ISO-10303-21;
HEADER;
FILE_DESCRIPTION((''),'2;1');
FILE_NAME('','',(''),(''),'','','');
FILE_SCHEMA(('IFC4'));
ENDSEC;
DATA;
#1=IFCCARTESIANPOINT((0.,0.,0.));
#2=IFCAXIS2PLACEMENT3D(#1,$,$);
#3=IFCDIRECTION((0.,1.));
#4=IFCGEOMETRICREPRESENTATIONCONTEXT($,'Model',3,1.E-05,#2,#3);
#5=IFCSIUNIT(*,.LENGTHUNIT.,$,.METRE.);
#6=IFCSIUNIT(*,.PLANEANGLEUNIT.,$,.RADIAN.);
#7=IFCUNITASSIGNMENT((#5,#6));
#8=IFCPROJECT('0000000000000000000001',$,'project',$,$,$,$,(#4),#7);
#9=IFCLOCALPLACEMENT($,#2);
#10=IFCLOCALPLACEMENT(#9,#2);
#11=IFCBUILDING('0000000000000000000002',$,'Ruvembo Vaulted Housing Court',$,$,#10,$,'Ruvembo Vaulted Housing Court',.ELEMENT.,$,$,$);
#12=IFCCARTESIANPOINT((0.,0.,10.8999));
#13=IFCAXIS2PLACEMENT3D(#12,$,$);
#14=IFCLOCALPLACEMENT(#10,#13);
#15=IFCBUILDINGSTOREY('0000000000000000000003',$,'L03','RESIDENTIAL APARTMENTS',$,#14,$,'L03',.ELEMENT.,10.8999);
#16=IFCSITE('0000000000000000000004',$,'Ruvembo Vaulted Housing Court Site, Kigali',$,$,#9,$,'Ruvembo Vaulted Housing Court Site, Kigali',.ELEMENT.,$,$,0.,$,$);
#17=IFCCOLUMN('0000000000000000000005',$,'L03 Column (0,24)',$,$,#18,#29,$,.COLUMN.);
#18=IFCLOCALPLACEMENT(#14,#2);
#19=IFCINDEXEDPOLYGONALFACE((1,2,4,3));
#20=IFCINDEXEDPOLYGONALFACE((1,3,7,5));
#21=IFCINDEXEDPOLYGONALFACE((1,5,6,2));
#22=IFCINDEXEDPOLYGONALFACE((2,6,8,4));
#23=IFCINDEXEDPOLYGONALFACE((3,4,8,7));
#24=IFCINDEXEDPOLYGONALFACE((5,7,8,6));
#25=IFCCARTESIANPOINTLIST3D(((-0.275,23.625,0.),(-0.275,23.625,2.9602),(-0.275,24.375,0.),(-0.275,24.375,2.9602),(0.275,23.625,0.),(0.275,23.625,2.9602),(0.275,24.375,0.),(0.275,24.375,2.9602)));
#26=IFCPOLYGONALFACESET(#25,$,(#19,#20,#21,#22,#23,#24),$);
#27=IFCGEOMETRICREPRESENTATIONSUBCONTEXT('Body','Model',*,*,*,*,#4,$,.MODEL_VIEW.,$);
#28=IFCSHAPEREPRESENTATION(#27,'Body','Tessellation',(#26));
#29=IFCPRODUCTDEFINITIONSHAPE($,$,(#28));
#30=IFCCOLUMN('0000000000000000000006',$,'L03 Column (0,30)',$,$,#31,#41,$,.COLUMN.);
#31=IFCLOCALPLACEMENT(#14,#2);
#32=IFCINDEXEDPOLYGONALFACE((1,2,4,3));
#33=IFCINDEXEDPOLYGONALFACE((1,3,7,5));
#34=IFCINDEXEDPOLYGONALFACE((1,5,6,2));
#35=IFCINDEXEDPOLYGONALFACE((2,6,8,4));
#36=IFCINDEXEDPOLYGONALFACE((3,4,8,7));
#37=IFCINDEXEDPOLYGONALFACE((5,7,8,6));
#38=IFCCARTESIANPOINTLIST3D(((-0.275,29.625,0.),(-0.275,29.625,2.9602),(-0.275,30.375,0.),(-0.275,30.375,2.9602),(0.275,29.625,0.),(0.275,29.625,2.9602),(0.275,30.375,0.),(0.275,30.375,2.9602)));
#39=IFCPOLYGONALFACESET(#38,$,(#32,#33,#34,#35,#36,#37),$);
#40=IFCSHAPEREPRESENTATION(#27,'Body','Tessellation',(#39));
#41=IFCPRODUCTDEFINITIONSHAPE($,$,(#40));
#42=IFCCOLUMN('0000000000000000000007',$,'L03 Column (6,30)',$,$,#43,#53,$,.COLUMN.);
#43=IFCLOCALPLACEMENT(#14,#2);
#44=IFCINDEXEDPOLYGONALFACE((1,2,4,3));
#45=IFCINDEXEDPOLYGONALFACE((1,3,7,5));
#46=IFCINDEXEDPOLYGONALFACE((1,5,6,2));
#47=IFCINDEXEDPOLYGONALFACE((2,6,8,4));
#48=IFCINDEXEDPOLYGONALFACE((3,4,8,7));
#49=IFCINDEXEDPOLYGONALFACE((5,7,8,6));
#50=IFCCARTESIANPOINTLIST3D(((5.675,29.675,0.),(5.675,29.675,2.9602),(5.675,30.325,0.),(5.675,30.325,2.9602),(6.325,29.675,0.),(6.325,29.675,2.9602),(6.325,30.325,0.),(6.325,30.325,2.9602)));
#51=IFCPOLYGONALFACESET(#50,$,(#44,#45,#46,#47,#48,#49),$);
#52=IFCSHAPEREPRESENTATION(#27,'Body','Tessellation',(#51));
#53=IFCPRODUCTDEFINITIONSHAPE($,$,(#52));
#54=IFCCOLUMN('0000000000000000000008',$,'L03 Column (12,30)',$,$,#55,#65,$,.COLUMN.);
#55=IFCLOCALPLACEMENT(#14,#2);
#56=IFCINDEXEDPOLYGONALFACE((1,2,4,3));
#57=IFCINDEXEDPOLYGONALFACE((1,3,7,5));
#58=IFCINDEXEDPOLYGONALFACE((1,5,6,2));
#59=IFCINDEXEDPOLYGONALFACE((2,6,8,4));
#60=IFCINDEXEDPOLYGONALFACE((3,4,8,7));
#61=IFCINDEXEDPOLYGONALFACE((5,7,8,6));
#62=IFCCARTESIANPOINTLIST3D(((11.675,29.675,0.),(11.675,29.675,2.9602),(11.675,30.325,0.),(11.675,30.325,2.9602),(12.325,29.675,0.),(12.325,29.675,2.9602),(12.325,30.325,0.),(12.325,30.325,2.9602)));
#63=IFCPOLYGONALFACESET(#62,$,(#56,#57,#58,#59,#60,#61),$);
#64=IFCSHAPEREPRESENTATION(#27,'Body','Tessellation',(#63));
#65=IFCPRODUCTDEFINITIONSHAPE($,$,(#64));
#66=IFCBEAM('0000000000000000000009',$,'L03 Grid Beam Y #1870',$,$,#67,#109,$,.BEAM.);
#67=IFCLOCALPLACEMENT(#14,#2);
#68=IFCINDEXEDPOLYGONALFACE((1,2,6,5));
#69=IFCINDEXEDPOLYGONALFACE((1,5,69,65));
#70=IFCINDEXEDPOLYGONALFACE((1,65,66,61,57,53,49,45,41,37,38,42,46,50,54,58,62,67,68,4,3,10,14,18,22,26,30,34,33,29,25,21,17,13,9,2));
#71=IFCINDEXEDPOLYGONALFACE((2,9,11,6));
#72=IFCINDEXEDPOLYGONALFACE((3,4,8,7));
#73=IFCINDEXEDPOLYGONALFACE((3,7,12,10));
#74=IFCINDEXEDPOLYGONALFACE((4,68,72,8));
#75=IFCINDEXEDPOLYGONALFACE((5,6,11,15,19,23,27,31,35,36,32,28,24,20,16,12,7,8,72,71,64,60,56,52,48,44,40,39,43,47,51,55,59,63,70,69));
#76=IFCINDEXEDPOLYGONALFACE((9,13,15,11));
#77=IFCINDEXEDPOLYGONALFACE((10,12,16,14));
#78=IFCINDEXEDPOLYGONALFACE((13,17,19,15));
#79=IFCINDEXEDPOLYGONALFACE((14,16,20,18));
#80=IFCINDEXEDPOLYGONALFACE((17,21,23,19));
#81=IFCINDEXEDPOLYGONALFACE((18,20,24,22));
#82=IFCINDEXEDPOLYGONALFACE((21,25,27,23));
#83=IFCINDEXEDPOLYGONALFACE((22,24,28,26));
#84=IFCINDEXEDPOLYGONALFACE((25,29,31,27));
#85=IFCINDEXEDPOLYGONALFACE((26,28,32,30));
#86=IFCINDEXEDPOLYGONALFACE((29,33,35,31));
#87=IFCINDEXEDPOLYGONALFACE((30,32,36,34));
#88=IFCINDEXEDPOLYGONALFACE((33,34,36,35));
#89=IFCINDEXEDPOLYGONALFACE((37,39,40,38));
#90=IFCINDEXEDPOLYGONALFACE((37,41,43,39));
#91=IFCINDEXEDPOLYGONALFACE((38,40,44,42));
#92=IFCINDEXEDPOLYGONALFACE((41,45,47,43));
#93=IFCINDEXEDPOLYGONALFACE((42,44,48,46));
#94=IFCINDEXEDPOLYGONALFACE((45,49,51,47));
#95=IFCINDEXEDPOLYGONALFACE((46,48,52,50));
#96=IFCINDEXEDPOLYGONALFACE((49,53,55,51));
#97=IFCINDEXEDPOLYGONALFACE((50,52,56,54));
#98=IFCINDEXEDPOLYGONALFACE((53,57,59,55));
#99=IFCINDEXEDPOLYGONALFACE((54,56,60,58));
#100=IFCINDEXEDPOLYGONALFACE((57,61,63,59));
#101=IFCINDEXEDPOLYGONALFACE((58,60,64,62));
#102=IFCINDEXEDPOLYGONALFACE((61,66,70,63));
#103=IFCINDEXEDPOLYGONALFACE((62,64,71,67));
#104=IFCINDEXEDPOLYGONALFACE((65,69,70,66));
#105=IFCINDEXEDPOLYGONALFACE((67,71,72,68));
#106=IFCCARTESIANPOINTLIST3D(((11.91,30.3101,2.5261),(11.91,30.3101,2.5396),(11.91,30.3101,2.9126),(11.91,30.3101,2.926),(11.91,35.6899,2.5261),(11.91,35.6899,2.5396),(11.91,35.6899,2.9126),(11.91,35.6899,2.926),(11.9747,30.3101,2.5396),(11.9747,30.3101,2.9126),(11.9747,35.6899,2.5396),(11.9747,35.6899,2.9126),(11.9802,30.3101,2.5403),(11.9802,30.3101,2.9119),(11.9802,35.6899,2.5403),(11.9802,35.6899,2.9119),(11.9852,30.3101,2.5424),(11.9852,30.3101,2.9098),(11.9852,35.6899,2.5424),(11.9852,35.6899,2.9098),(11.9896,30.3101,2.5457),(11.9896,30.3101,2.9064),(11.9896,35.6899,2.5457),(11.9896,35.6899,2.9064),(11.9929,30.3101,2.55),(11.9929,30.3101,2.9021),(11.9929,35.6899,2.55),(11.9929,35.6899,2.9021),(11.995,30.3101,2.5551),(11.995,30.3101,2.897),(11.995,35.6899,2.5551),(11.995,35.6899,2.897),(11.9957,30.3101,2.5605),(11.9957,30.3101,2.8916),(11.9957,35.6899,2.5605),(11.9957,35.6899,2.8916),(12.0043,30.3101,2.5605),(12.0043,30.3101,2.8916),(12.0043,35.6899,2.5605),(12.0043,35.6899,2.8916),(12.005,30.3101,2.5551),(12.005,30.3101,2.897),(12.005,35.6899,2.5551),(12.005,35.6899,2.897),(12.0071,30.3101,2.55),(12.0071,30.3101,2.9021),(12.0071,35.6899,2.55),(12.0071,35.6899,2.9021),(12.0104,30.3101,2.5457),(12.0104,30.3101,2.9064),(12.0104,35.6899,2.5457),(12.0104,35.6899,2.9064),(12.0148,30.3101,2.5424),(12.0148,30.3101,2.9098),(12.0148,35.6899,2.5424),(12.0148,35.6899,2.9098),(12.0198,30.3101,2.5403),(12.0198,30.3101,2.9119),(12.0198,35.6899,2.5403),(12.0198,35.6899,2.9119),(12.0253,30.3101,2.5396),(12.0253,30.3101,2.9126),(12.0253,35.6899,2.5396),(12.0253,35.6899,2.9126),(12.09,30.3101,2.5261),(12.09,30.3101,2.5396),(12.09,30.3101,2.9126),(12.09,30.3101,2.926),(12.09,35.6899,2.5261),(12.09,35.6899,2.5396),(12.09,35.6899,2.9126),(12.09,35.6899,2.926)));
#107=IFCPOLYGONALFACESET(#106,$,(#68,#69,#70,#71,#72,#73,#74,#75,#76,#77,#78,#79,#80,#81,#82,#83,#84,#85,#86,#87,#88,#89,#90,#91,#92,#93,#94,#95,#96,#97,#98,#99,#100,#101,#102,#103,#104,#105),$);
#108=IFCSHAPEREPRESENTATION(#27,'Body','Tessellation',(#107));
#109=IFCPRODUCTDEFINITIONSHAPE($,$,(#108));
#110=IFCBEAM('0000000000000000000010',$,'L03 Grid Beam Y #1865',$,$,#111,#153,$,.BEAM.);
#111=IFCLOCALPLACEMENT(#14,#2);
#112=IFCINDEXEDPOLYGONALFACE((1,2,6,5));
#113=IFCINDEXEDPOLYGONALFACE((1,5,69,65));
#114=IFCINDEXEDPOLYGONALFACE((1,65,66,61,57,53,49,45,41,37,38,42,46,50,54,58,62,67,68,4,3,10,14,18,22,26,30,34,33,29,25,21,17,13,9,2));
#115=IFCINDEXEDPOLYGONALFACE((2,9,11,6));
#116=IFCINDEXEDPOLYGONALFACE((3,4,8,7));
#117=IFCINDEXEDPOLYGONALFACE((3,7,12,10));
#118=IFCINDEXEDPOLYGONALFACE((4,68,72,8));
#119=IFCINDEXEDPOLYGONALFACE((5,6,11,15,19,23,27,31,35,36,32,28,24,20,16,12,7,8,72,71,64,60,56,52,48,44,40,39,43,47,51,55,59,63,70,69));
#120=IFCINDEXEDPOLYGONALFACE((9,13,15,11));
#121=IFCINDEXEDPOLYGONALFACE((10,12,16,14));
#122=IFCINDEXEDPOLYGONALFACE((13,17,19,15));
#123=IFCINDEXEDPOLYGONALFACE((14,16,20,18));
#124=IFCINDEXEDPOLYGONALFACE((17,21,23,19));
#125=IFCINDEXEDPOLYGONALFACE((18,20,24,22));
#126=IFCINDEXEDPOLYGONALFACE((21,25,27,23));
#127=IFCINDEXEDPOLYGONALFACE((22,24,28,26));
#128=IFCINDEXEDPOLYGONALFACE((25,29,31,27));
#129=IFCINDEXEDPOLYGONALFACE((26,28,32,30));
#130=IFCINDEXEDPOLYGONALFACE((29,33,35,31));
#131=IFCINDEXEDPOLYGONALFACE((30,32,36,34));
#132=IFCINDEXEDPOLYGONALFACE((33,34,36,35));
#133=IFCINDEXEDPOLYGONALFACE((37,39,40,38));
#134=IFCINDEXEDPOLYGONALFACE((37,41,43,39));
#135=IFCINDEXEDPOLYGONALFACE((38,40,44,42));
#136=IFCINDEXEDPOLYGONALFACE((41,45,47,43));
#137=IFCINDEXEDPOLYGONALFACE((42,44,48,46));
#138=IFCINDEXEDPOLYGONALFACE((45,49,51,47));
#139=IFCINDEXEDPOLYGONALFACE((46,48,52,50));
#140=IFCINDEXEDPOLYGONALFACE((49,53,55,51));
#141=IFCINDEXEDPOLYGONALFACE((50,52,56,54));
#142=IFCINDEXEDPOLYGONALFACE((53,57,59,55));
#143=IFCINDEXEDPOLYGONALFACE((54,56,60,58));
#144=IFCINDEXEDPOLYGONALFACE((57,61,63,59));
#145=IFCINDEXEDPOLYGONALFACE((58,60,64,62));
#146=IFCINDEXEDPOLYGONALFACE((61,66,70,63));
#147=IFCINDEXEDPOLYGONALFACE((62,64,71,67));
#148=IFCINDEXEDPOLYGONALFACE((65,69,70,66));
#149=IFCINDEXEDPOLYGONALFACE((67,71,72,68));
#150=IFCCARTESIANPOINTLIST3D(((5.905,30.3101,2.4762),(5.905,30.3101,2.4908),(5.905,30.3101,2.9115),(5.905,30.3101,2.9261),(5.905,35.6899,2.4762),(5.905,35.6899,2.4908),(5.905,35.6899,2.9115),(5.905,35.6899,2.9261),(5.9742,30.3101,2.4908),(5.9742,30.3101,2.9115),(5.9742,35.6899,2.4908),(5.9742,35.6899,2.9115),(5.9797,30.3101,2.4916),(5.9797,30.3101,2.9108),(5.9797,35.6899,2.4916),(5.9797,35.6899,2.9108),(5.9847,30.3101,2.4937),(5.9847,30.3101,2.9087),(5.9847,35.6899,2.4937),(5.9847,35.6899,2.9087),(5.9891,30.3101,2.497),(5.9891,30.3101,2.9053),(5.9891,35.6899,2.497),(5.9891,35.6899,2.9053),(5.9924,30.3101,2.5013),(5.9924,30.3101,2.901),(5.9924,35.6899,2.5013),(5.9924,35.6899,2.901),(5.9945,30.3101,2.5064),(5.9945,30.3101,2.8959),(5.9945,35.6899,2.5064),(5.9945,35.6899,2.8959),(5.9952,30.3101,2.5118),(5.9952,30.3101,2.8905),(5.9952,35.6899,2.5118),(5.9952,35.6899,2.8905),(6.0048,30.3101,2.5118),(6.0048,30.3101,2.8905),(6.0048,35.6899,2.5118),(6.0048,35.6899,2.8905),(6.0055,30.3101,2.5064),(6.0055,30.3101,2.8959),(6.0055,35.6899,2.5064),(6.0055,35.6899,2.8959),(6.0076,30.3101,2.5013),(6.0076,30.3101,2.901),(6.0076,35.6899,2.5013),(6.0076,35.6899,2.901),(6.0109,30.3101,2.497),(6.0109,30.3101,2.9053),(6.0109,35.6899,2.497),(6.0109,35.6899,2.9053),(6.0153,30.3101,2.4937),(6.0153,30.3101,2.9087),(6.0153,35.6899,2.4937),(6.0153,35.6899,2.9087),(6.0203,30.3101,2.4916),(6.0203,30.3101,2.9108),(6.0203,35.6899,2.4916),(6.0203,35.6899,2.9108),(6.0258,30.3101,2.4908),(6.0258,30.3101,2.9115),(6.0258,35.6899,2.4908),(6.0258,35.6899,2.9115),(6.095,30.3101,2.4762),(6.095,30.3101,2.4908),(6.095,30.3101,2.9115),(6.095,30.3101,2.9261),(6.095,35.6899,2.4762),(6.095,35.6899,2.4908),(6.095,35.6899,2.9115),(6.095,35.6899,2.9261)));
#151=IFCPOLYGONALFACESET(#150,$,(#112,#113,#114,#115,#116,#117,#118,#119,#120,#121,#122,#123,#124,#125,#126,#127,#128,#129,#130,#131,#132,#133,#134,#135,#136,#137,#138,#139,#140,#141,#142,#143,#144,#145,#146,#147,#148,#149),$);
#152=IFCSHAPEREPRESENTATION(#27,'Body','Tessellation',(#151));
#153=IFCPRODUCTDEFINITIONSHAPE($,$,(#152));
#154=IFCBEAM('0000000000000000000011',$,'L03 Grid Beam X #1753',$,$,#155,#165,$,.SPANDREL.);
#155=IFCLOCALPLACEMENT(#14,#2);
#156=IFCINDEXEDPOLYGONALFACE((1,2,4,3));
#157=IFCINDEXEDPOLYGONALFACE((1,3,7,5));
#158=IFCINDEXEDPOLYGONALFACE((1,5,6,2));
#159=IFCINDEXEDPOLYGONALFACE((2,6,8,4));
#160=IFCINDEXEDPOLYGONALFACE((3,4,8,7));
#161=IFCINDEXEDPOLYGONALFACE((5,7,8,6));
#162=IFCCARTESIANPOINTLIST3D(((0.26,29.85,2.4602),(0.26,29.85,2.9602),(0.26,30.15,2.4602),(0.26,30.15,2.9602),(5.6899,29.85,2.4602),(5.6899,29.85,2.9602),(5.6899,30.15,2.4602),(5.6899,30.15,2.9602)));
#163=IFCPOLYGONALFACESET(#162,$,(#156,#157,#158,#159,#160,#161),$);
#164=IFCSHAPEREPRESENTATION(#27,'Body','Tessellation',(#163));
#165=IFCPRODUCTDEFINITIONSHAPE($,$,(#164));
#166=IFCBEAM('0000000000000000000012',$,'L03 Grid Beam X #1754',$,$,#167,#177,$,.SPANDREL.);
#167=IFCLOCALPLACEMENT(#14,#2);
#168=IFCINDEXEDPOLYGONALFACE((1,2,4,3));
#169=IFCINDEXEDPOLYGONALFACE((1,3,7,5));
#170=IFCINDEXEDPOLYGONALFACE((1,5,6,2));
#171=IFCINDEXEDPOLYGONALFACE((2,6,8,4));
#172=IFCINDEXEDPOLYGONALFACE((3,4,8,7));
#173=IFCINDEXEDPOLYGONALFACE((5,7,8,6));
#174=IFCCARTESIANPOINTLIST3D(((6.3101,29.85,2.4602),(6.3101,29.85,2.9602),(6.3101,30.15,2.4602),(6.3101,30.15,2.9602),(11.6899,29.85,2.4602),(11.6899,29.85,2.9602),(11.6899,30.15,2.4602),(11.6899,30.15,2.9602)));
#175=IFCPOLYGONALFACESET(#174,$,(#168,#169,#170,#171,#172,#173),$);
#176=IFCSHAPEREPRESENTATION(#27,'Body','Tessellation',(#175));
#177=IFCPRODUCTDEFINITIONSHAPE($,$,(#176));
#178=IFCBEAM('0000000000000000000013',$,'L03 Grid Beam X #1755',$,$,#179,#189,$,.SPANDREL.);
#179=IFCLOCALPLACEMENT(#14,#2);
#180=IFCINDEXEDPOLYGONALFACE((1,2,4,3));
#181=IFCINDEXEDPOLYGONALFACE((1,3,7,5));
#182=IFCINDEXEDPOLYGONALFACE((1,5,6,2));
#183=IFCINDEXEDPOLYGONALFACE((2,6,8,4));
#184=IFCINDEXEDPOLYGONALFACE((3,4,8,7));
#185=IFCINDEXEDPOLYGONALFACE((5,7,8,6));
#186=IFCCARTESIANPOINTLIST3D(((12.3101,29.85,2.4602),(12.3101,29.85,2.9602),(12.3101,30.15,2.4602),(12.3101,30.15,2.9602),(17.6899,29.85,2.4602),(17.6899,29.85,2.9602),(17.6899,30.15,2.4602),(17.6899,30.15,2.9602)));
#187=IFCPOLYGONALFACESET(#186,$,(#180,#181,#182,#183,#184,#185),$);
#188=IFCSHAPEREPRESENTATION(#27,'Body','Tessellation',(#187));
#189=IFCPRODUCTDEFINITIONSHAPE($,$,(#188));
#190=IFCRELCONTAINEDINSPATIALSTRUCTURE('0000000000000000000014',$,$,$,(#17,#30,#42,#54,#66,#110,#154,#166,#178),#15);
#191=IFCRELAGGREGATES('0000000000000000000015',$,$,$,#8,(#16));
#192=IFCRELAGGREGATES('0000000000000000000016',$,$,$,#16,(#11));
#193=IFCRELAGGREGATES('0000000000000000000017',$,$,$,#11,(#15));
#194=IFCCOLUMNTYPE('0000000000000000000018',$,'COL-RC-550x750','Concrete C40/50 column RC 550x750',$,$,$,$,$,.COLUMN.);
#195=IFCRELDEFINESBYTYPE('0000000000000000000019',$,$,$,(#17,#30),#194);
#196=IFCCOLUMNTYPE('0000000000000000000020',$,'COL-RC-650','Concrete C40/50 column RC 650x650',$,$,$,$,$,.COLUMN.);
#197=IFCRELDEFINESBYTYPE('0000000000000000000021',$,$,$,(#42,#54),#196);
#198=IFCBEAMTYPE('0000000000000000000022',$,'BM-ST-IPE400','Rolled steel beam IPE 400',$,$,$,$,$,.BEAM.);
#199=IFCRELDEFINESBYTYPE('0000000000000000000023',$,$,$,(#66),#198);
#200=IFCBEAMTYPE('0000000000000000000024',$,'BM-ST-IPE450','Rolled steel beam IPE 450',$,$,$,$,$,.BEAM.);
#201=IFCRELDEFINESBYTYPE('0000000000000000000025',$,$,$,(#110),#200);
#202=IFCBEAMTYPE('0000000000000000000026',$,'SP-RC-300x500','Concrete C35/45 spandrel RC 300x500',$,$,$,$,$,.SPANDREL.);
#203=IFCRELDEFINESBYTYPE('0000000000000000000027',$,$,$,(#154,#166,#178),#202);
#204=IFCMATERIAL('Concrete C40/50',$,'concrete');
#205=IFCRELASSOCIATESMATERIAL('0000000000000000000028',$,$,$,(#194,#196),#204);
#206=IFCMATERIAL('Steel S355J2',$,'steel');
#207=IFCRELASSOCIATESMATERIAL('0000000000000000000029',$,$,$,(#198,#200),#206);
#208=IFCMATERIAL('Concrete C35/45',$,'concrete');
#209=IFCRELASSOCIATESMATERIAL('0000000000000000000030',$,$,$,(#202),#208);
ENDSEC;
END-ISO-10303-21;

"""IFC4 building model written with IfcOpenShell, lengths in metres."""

from ifc_helpers import new_model, si_unit, direction, frame, origin, origin_2d, place, context, subcontext, project, spatial, rectangle, i_section, extrude, material, material_profile, profile_set, type_object, element, save


model = new_model("IFC4")

# Units and contexts
model_context = context("Model", 3, precision=1e-05, world=origin(), true_north=direction((0.0, 1.0)))
body_context = subcontext(model_context, "Body", "Model", "MODEL_VIEW")
ifc_project = project(units=[si_unit("LENGTHUNIT", "METRE"), si_unit("PLANEANGLEUNIT", "RADIAN")], contexts=[model_context])

# Site, building, storey
site_placement = place(None, origin())
site = spatial("IfcSite", under=ifc_project, at=site_placement, Name="Ruvembo Vaulted Housing Court Site, Kigali", LongName="Ruvembo Vaulted Housing Court Site, Kigali", CompositionType="ELEMENT", RefElevation=0.0)
building_placement = place(site_placement, origin())
building = spatial("IfcBuilding", under=site, at=building_placement, Name="Ruvembo Vaulted Housing Court", LongName="Ruvembo Vaulted Housing Court", CompositionType="ELEMENT")
storey_placement = place(building_placement, frame((0.0, 0.0, 10.8999)))
storey = spatial("IfcBuildingStorey", under=building, at=storey_placement, Name="L03", Description="RESIDENTIAL APARTMENTS", LongName="L03", CompositionType="ELEMENT", Elevation=10.8999)

# Columns
ifc_material_1 = material(Name="Concrete C40/50", Category="concrete")
ifc_material_profile_1 = material_profile(ifc_material_1, rectangle(XDim=0.55, YDim=0.75, at=origin_2d()), Name="RC 550x750")
ifc_profile_set_1 = profile_set([ifc_material_profile_1], Name="Concrete C40/50")
column_type_1 = type_object("IfcColumnType", Name="COL-RC-550x750", Description="Concrete C40/50 column RC 550x750", PredefinedType="COLUMN", material=ifc_profile_set_1)
for number, where, z_axis, x_axis, name in (
    (1, (0.0, 24.0, 0.0), (0.0, 0.0, 1.0), (1.0, 0.0, 0.0), "L03 Column (0,24)"),
    (2, (0.0, 30.0, 0.0), (0.0, 0.0, 1.0), (1.0, 0.0, 0.0), "L03 Column (0,30)"),
):
    element("IfcColumn", number, at=place(storey_placement, frame(where, z_axis=z_axis, x_axis=x_axis)), inside=storey, type_object=column_type_1, Name=name, PredefinedType="COLUMN", context=body_context, shape_type="SweptSolid", body=[
        extrude(rectangle(XDim=0.55, YDim=0.75, at=origin_2d()), origin(), (0.0, 0.0, 1.0), 2.9602),
    ])
ifc_material_profile_2 = material_profile(ifc_material_1, rectangle(XDim=0.6499, YDim=0.6499, at=origin_2d()), Name="RC 650x650")
ifc_profile_set_2 = profile_set([ifc_material_profile_2], Name="Concrete C40/50")
column_type_2 = type_object("IfcColumnType", Name="COL-RC-650", Description="Concrete C40/50 column RC 650x650", PredefinedType="COLUMN", material=ifc_profile_set_2)
for number, where, z_axis, x_axis, name in (
    (3, (6.0, 30.0, 0.0), (0.0, 0.0, 1.0), (1.0, 0.0, 0.0), "L03 Column (6,30)"),
    (4, (12.0, 30.0, 0.0), (0.0, 0.0, 1.0), (1.0, 0.0, 0.0), "L03 Column (12,30)"),
):
    element("IfcColumn", number, at=place(storey_placement, frame(where, z_axis=z_axis, x_axis=x_axis)), inside=storey, type_object=column_type_2, Name=name, PredefinedType="COLUMN", context=body_context, shape_type="SweptSolid", body=[
        extrude(rectangle(XDim=0.6499, YDim=0.6499, at=origin_2d()), origin(), (0.0, 0.0, 1.0), 2.9602),
    ])

# Beams
ifc_material_2 = material(Name="Steel S355J2", Category="steel")
ifc_material_profile_3 = material_profile(ifc_material_2, i_section(OverallWidth=0.1799, OverallDepth=0.3999, WebThickness=0.0085, FlangeThickness=0.0134, FilletRadius=0.021, at=origin_2d()), Name="IPE 400")
ifc_profile_set_3 = profile_set([ifc_material_profile_3], Name="Steel S355J2")
beam_type_1 = type_object("IfcBeamType", Name="BM-ST-IPE400", Description="Rolled steel beam IPE 400", PredefinedType="BEAM", material=ifc_profile_set_3)
beam_1_placement = place(storey_placement, frame((12.0, 30.3101, 2.7261), z_axis=(0.0, 1.0, 0.0), x_axis=(-1.0, 0.0, 0.0)))
element("IfcBeam", 5, at=beam_1_placement, inside=storey, type_object=beam_type_1, Name="L03 Grid Beam Y #1870", PredefinedType="BEAM", context=body_context, shape_type="SweptSolid", body=[
    extrude(i_section(OverallWidth=0.1799, OverallDepth=0.3999, WebThickness=0.0085, FlangeThickness=0.0134, FilletRadius=0.021, at=origin_2d()), origin(), (0.0, 0.0, 1.0), 5.3799),
])
ifc_material_profile_4 = material_profile(ifc_material_2, i_section(OverallWidth=0.1899, OverallDepth=0.45, WebThickness=0.0095, FlangeThickness=0.0146, FilletRadius=0.021, at=origin_2d()), Name="IPE 450")
ifc_profile_set_4 = profile_set([ifc_material_profile_4], Name="Steel S355J2")
beam_type_2 = type_object("IfcBeamType", Name="BM-ST-IPE450", Description="Rolled steel beam IPE 450", PredefinedType="BEAM", material=ifc_profile_set_4)
beam_2_placement = place(storey_placement, frame((6.0, 30.3101, 2.7012), z_axis=(0.0, 1.0, 0.0), x_axis=(-1.0, 0.0, 0.0)))
element("IfcBeam", 6, at=beam_2_placement, inside=storey, type_object=beam_type_2, Name="L03 Grid Beam Y #1865", PredefinedType="BEAM", context=body_context, shape_type="SweptSolid", body=[
    extrude(i_section(OverallWidth=0.1899, OverallDepth=0.45, WebThickness=0.0095, FlangeThickness=0.0146, FilletRadius=0.021, at=origin_2d()), origin(), (0.0, 0.0, 1.0), 5.3799),
])
ifc_material_3 = material(Name="Concrete C35/45", Category="concrete")
ifc_material_profile_5 = material_profile(ifc_material_3, rectangle(XDim=0.3, YDim=0.5, at=origin_2d()), Name="RC 300x500")
ifc_profile_set_5 = profile_set([ifc_material_profile_5], Name="Concrete C35/45")
beam_type_3 = type_object("IfcBeamType", Name="SP-RC-300x500", Description="Concrete C35/45 spandrel RC 300x500", PredefinedType="SPANDREL", material=ifc_profile_set_5)
beam_3_placement = place(storey_placement, frame((0.26, 30.0, 2.7102), z_axis=(1.0, 0.0, 0.0), x_axis=(0.0, 1.0, 0.0)))
element("IfcBeam", 7, at=beam_3_placement, inside=storey, type_object=beam_type_3, Name="L03 Grid Beam X #1753", PredefinedType="SPANDREL", context=body_context, shape_type="SweptSolid", body=[
    extrude(rectangle(XDim=0.3, YDim=0.5, at=origin_2d()), origin(), (0.0, 0.0, 1.0), 5.4299),
])
for number, where, z_axis, x_axis, name in (
    (8, (6.3101, 30.0, 2.7102), (1.0, 0.0, 0.0), (0.0, 1.0, 0.0), "L03 Grid Beam X #1754"),
    (9, (12.3101, 30.0, 2.7102), (1.0, 0.0, 0.0), (0.0, 1.0, 0.0), "L03 Grid Beam X #1755"),
):
    element("IfcBeam", number, at=place(storey_placement, frame(where, z_axis=z_axis, x_axis=x_axis)), inside=storey, type_object=beam_type_3, Name=name, PredefinedType="SPANDREL", context=body_context, shape_type="SweptSolid", body=[
        extrude(rectangle(XDim=0.3, YDim=0.5, at=origin_2d()), origin(), (0.0, 0.0, 1.0), 5.3799),
    ])

save(model, "model.ifc")
